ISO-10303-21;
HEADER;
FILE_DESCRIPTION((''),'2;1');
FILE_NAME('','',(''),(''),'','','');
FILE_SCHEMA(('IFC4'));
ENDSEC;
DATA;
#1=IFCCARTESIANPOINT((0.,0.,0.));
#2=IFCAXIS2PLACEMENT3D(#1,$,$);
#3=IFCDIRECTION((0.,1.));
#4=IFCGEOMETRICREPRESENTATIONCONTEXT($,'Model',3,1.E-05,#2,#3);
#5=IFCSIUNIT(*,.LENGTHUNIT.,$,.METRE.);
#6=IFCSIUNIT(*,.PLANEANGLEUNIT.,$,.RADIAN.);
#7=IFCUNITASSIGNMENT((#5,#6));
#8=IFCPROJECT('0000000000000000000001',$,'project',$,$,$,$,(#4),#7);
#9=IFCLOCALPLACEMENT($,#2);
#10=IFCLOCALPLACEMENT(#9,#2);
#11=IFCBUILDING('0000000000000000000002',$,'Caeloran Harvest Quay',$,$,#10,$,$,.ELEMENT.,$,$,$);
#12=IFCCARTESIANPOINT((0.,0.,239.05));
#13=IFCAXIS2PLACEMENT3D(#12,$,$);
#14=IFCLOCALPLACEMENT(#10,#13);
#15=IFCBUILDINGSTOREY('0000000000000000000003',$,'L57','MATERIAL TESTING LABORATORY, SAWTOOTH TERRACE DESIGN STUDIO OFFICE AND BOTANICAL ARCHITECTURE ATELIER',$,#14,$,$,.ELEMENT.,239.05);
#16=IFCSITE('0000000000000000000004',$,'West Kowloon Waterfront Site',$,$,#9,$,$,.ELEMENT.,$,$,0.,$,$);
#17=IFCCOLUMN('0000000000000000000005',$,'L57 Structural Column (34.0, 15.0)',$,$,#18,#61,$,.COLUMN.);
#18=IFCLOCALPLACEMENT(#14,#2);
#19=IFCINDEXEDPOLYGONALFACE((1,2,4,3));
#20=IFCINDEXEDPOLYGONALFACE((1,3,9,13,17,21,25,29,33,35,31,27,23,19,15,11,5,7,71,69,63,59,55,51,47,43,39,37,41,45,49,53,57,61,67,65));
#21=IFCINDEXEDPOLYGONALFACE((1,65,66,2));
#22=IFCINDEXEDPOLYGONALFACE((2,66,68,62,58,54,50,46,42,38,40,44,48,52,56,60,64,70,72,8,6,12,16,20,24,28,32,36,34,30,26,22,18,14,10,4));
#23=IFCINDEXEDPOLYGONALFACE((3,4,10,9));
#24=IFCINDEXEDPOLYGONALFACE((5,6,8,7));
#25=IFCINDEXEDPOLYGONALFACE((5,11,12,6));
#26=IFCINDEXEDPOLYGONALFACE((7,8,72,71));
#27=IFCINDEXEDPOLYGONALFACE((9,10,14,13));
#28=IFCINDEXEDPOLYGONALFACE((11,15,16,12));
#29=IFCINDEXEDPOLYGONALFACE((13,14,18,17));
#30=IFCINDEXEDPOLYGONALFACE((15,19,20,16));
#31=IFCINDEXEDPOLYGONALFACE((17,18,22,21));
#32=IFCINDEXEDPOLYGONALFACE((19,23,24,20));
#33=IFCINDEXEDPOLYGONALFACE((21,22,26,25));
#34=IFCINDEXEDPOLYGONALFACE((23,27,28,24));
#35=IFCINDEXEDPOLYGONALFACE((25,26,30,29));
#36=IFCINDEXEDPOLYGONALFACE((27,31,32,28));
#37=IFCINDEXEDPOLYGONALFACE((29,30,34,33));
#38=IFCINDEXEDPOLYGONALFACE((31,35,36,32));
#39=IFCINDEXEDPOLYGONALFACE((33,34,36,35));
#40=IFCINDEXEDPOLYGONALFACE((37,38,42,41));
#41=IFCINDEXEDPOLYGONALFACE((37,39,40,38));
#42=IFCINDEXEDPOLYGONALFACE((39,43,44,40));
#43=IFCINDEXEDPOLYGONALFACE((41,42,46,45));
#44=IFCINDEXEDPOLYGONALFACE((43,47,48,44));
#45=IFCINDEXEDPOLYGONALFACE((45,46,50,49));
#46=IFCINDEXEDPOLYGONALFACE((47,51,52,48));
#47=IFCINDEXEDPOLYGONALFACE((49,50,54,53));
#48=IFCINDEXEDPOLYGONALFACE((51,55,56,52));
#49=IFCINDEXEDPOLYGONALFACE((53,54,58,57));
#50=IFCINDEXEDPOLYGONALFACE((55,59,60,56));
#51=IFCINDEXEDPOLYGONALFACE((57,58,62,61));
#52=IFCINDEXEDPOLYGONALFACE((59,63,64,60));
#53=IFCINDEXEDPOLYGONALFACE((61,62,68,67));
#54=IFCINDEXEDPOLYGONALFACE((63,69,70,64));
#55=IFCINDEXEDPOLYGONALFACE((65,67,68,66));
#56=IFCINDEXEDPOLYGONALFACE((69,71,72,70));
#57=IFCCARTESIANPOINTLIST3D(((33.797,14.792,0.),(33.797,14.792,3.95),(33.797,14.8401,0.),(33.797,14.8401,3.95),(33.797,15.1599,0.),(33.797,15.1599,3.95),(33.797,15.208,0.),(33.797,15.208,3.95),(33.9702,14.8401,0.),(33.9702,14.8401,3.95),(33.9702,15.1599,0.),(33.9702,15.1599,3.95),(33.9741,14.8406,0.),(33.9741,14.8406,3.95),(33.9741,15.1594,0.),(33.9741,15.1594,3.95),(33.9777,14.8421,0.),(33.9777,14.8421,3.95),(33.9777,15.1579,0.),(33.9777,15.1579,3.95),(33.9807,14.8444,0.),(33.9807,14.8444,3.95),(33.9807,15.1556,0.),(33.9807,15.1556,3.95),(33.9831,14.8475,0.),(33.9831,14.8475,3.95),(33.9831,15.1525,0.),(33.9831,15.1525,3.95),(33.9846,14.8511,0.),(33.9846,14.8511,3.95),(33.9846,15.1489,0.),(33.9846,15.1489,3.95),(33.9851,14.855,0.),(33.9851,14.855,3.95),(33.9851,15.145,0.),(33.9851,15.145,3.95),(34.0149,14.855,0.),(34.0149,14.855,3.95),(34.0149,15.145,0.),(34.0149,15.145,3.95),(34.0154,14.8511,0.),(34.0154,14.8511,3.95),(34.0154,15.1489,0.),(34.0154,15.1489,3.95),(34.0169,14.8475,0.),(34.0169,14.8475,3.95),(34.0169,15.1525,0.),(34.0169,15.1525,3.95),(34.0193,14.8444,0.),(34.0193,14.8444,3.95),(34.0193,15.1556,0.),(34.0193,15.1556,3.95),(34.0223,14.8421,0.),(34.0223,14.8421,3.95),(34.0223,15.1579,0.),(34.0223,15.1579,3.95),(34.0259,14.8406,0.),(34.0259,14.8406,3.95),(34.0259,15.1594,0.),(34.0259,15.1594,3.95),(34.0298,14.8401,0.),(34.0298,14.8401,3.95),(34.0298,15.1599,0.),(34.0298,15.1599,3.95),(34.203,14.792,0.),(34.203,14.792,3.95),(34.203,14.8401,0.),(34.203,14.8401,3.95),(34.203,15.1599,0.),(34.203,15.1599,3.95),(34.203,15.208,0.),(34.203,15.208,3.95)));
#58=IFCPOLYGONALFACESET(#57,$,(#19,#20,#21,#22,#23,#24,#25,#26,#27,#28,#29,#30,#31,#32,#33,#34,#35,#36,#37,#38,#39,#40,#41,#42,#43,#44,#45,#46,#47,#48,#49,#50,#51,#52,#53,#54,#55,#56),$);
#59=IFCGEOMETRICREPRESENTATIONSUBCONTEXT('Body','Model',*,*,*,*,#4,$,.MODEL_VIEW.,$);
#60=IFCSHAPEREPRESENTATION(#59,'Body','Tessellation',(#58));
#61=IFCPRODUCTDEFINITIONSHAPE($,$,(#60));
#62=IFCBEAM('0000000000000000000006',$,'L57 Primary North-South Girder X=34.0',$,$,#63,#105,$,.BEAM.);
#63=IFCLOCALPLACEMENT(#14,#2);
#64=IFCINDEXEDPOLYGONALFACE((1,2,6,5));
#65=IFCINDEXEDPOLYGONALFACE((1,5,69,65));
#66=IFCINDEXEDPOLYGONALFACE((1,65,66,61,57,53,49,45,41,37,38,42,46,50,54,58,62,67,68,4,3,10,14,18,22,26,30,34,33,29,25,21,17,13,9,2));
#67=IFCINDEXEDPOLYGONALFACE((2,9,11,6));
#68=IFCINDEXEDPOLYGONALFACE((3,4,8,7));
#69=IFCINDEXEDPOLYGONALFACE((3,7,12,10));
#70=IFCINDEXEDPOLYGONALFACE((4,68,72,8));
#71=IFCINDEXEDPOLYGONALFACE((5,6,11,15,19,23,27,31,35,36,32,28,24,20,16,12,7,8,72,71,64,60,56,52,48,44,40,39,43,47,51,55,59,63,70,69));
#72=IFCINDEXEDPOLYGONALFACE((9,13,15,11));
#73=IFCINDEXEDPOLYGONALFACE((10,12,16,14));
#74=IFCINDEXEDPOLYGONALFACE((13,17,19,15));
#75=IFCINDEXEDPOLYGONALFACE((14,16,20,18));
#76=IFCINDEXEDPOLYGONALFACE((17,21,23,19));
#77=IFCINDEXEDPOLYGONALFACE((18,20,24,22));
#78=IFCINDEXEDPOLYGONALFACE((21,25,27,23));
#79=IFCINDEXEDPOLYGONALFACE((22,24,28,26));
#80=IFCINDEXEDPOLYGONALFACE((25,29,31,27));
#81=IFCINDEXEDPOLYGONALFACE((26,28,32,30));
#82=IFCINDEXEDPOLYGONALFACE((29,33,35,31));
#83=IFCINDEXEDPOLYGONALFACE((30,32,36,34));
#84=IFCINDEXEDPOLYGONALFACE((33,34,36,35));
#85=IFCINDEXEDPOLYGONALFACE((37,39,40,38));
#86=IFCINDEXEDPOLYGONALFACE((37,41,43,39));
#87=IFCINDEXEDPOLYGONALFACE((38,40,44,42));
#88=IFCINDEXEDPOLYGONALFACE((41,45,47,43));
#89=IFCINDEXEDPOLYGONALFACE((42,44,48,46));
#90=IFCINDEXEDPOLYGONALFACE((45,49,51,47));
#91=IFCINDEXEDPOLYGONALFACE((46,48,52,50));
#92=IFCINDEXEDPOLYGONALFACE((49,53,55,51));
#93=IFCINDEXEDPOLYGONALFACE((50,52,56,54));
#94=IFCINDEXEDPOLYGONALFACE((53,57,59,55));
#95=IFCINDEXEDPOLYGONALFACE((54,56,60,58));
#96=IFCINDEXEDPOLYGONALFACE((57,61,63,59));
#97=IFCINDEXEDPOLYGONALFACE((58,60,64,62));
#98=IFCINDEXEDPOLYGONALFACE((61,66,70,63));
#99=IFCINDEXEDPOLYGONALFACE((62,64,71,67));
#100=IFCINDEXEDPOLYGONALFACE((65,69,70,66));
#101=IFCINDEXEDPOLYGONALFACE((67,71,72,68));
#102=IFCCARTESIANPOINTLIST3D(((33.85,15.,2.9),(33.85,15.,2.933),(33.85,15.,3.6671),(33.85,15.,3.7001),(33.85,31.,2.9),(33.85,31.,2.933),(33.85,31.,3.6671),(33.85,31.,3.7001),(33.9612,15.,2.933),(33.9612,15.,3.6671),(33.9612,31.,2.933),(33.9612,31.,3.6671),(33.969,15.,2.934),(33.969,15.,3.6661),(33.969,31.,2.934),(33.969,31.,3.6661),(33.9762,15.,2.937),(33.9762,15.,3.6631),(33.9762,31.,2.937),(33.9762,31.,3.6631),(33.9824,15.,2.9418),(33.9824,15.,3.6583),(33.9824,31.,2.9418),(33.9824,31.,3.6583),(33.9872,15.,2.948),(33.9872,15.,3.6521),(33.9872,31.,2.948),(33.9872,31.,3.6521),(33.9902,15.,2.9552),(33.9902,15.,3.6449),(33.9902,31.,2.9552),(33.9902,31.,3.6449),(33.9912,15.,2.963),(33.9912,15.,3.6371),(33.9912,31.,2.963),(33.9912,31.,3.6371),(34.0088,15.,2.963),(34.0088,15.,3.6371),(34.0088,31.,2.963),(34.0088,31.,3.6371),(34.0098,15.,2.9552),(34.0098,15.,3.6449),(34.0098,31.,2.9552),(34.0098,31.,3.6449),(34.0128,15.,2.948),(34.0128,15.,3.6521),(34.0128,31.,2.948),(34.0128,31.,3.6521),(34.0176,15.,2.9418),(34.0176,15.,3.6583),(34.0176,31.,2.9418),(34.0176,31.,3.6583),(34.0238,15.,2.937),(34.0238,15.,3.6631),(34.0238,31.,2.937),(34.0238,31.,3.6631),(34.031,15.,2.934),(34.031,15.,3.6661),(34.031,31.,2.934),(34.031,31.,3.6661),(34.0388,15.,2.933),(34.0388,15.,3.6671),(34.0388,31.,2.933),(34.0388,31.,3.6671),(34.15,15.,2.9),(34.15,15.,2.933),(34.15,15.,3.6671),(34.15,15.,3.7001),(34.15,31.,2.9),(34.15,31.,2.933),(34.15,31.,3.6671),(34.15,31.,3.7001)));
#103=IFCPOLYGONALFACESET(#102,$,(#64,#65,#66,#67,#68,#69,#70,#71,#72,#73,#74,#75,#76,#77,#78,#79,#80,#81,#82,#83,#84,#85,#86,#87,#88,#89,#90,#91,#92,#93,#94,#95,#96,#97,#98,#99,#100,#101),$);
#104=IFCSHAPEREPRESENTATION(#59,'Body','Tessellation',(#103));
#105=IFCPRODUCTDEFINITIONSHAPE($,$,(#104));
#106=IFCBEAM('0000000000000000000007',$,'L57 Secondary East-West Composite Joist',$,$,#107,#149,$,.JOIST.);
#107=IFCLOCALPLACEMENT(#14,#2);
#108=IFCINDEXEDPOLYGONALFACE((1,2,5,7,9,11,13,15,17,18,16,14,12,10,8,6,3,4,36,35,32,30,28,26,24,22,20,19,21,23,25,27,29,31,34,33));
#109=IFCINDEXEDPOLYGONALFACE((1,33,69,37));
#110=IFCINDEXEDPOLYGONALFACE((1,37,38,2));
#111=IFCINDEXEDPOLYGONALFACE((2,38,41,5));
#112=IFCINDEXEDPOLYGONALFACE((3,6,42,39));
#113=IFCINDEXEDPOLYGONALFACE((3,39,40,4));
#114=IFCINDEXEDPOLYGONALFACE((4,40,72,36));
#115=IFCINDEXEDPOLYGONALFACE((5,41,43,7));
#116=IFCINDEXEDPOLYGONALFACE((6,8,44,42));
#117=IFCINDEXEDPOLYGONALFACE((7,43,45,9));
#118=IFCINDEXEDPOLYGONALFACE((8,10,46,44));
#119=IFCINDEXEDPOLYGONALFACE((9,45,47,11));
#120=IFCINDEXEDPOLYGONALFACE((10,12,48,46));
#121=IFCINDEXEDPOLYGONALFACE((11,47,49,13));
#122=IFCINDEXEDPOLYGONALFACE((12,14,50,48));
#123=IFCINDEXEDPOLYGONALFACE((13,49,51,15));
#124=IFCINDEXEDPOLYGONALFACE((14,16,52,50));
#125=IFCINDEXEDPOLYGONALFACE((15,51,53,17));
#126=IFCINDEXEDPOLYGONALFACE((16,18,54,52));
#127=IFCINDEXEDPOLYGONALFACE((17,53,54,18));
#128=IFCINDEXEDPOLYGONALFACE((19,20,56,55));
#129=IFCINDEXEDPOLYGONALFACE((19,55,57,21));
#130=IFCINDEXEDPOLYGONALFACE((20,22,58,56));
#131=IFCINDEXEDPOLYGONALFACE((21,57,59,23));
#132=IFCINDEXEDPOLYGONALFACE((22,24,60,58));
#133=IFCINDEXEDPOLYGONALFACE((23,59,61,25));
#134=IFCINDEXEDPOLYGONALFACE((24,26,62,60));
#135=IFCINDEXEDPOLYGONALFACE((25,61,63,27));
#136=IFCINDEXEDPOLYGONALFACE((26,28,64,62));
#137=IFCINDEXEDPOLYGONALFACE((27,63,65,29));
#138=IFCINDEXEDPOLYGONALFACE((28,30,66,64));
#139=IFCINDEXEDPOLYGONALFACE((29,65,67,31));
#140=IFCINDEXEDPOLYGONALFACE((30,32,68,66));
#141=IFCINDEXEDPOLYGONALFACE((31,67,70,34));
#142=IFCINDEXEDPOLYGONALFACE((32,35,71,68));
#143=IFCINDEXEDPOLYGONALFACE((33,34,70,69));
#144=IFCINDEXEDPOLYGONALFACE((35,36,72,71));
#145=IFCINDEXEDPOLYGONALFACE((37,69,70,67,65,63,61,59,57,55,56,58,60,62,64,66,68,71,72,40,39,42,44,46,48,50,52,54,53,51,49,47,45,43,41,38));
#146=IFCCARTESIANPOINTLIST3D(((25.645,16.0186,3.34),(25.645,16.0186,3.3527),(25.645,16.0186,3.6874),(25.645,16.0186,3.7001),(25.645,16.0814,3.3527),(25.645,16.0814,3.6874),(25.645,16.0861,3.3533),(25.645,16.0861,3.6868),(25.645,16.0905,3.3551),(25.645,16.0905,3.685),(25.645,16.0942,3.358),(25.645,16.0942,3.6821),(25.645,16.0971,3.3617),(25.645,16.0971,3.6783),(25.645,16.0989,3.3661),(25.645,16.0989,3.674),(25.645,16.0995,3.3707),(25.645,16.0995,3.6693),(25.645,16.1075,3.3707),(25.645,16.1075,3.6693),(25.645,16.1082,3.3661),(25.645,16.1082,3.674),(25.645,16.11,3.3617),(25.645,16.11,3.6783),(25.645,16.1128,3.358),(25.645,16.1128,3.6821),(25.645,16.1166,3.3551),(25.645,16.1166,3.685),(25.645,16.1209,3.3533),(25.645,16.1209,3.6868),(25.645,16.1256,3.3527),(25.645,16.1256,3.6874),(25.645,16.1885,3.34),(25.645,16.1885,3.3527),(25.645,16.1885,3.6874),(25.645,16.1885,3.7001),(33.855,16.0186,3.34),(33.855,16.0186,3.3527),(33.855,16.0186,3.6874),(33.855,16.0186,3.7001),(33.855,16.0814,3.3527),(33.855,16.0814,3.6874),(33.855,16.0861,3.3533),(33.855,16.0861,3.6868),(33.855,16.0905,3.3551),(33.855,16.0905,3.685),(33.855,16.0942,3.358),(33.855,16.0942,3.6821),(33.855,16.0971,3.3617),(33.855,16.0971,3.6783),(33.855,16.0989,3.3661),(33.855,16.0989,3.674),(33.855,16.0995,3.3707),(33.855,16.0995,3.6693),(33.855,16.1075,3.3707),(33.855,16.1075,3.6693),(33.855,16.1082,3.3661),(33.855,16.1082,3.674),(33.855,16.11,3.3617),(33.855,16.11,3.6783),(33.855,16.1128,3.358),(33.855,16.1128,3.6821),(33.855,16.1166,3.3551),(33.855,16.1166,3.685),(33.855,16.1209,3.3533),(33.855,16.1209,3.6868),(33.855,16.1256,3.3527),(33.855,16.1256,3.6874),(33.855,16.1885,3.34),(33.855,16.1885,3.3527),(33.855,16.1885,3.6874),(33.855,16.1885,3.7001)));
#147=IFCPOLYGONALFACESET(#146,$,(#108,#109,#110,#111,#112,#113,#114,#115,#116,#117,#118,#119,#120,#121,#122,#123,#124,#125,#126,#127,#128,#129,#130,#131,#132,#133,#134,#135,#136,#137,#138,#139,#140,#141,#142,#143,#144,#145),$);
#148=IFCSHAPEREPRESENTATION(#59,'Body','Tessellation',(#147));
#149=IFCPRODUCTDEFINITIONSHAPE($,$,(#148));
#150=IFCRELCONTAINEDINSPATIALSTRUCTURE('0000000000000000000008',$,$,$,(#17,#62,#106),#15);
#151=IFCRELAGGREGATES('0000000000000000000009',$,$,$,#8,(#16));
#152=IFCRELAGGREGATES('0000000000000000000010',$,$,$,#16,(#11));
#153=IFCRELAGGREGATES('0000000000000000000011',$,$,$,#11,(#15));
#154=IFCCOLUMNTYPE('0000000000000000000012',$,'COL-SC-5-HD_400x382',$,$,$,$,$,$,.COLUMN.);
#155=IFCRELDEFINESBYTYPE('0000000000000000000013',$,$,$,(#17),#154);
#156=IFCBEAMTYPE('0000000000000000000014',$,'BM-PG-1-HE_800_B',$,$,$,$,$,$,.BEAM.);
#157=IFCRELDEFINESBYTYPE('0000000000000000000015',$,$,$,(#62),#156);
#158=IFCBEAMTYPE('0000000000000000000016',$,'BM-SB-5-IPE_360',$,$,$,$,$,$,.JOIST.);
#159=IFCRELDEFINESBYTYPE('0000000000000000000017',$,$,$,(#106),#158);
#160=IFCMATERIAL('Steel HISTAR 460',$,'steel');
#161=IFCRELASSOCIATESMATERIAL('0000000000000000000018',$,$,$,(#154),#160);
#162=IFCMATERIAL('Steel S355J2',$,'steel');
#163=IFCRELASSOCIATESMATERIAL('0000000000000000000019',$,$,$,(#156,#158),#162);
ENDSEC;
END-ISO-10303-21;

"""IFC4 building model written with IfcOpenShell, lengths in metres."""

from ifc_helpers import new_model, si_unit, direction, frame, origin, origin_2d, place, context, subcontext, project, spatial, i_section, extrude, material, material_profile, profile_set, type_object, element, save


model = new_model("IFC4")

# Units and contexts
model_context = context("Model", 3, precision=1e-05, world=origin(), true_north=direction((0.0, 1.0)))
body_context = subcontext(model_context, "Body", "Model", "MODEL_VIEW")
ifc_project = project(units=[si_unit("LENGTHUNIT", "METRE"), si_unit("PLANEANGLEUNIT", "RADIAN")], contexts=[model_context])

# Site, building, storey
site_placement = place(None, origin())
site = spatial("IfcSite", under=ifc_project, at=site_placement, Name="West Kowloon Waterfront Site", CompositionType="ELEMENT", RefElevation=0.0)
building_placement = place(site_placement, origin())
building = spatial("IfcBuilding", under=site, at=building_placement, Name="Caeloran Harvest Quay", CompositionType="ELEMENT")
storey_placement = place(building_placement, frame((0.0, 0.0, 239.05)))
storey = spatial("IfcBuildingStorey", under=building, at=storey_placement, Name="L57", Description="MATERIAL TESTING LABORATORY, SAWTOOTH TERRACE DESIGN STUDIO OFFICE AND BOTANICAL ARCHITECTURE ATELIER", CompositionType="ELEMENT", Elevation=239.05)

# Column
ifc_material_1 = material(Name="Steel HISTAR 460", Category="steel")
ifc_material_profile_1 = material_profile(ifc_material_1, i_section(OverallWidth=0.406, OverallDepth=0.416, WebThickness=0.0298, FlangeThickness=0.0481, FilletRadius=0.0149, at=origin_2d()), Name="HD 400x382")
ifc_profile_set_1 = profile_set([ifc_material_profile_1], Name="Steel HISTAR 460")
column_type = type_object("IfcColumnType", Name="COL-SC-5-HD_400x382", PredefinedType="COLUMN", material=ifc_profile_set_1)
column_placement = place(storey_placement, frame((34.0, 15.0, 0.0), z_axis=(0.0, 0.0, 1.0), x_axis=(1.0, 0.0, 0.0)))
element("IfcColumn", 1, at=column_placement, inside=storey, type_object=column_type, Name="L57 Structural Column (34.0, 15.0)", PredefinedType="COLUMN", context=body_context, shape_type="SweptSolid", body=[
    extrude(i_section(OverallWidth=0.406, OverallDepth=0.416, WebThickness=0.0298, FlangeThickness=0.0481, FilletRadius=0.0149, at=origin_2d()), origin(), (0.0, 0.0, 1.0), 3.95),
])

# Beams
ifc_material_2 = material(Name="Steel S355J2", Category="steel")
ifc_material_profile_2 = material_profile(ifc_material_2, i_section(OverallWidth=0.3, OverallDepth=0.8, WebThickness=0.0176, FlangeThickness=0.033, FilletRadius=0.03, at=origin_2d()), Name="HE 800 B")
ifc_profile_set_2 = profile_set([ifc_material_profile_2], Name="Steel S355J2")
beam_type_1 = type_object("IfcBeamType", Name="BM-PG-1-HE_800_B", PredefinedType="BEAM", material=ifc_profile_set_2)
beam_1_placement = place(storey_placement, frame((34.0, 15.0, 3.3), z_axis=(0.0, 1.0, 0.0), x_axis=(-1.0, 0.0, 0.0)))
element("IfcBeam", 2, at=beam_1_placement, inside=storey, type_object=beam_type_1, Name="L57 Primary North-South Girder X=34.0", PredefinedType="BEAM", context=body_context, shape_type="SweptSolid", body=[
    extrude(i_section(OverallWidth=0.3, OverallDepth=0.8, WebThickness=0.0176, FlangeThickness=0.033, FilletRadius=0.03, at=origin_2d()), origin(), (0.0, 0.0, 1.0), 16.0),
])
ifc_material_profile_3 = material_profile(ifc_material_2, i_section(OverallWidth=0.1699, OverallDepth=0.3601, WebThickness=0.0081, FlangeThickness=0.0127, FilletRadius=0.0181, at=origin_2d()), Name="IPE 360")
ifc_profile_set_3 = profile_set([ifc_material_profile_3], Name="Steel S355J2")
beam_type_2 = type_object("IfcBeamType", Name="BM-SB-5-IPE_360", PredefinedType="JOIST", material=ifc_profile_set_3)
beam_2_placement = place(storey_placement, frame((25.645, 16.1035, 3.52), z_axis=(1.0, 0.0, 0.0), x_axis=(0.0, 1.0, 0.0)))
element("IfcBeam", 3, at=beam_2_placement, inside=storey, type_object=beam_type_2, Name="L57 Secondary East-West Composite Joist", PredefinedType="JOIST", context=body_context, shape_type="SweptSolid", body=[
    extrude(i_section(OverallWidth=0.1699, OverallDepth=0.3601, WebThickness=0.0081, FlangeThickness=0.0127, FilletRadius=0.0181, at=origin_2d()), origin(), (0.0, 0.0, 1.0), 8.21),
])

save(model, "model.ifc")
